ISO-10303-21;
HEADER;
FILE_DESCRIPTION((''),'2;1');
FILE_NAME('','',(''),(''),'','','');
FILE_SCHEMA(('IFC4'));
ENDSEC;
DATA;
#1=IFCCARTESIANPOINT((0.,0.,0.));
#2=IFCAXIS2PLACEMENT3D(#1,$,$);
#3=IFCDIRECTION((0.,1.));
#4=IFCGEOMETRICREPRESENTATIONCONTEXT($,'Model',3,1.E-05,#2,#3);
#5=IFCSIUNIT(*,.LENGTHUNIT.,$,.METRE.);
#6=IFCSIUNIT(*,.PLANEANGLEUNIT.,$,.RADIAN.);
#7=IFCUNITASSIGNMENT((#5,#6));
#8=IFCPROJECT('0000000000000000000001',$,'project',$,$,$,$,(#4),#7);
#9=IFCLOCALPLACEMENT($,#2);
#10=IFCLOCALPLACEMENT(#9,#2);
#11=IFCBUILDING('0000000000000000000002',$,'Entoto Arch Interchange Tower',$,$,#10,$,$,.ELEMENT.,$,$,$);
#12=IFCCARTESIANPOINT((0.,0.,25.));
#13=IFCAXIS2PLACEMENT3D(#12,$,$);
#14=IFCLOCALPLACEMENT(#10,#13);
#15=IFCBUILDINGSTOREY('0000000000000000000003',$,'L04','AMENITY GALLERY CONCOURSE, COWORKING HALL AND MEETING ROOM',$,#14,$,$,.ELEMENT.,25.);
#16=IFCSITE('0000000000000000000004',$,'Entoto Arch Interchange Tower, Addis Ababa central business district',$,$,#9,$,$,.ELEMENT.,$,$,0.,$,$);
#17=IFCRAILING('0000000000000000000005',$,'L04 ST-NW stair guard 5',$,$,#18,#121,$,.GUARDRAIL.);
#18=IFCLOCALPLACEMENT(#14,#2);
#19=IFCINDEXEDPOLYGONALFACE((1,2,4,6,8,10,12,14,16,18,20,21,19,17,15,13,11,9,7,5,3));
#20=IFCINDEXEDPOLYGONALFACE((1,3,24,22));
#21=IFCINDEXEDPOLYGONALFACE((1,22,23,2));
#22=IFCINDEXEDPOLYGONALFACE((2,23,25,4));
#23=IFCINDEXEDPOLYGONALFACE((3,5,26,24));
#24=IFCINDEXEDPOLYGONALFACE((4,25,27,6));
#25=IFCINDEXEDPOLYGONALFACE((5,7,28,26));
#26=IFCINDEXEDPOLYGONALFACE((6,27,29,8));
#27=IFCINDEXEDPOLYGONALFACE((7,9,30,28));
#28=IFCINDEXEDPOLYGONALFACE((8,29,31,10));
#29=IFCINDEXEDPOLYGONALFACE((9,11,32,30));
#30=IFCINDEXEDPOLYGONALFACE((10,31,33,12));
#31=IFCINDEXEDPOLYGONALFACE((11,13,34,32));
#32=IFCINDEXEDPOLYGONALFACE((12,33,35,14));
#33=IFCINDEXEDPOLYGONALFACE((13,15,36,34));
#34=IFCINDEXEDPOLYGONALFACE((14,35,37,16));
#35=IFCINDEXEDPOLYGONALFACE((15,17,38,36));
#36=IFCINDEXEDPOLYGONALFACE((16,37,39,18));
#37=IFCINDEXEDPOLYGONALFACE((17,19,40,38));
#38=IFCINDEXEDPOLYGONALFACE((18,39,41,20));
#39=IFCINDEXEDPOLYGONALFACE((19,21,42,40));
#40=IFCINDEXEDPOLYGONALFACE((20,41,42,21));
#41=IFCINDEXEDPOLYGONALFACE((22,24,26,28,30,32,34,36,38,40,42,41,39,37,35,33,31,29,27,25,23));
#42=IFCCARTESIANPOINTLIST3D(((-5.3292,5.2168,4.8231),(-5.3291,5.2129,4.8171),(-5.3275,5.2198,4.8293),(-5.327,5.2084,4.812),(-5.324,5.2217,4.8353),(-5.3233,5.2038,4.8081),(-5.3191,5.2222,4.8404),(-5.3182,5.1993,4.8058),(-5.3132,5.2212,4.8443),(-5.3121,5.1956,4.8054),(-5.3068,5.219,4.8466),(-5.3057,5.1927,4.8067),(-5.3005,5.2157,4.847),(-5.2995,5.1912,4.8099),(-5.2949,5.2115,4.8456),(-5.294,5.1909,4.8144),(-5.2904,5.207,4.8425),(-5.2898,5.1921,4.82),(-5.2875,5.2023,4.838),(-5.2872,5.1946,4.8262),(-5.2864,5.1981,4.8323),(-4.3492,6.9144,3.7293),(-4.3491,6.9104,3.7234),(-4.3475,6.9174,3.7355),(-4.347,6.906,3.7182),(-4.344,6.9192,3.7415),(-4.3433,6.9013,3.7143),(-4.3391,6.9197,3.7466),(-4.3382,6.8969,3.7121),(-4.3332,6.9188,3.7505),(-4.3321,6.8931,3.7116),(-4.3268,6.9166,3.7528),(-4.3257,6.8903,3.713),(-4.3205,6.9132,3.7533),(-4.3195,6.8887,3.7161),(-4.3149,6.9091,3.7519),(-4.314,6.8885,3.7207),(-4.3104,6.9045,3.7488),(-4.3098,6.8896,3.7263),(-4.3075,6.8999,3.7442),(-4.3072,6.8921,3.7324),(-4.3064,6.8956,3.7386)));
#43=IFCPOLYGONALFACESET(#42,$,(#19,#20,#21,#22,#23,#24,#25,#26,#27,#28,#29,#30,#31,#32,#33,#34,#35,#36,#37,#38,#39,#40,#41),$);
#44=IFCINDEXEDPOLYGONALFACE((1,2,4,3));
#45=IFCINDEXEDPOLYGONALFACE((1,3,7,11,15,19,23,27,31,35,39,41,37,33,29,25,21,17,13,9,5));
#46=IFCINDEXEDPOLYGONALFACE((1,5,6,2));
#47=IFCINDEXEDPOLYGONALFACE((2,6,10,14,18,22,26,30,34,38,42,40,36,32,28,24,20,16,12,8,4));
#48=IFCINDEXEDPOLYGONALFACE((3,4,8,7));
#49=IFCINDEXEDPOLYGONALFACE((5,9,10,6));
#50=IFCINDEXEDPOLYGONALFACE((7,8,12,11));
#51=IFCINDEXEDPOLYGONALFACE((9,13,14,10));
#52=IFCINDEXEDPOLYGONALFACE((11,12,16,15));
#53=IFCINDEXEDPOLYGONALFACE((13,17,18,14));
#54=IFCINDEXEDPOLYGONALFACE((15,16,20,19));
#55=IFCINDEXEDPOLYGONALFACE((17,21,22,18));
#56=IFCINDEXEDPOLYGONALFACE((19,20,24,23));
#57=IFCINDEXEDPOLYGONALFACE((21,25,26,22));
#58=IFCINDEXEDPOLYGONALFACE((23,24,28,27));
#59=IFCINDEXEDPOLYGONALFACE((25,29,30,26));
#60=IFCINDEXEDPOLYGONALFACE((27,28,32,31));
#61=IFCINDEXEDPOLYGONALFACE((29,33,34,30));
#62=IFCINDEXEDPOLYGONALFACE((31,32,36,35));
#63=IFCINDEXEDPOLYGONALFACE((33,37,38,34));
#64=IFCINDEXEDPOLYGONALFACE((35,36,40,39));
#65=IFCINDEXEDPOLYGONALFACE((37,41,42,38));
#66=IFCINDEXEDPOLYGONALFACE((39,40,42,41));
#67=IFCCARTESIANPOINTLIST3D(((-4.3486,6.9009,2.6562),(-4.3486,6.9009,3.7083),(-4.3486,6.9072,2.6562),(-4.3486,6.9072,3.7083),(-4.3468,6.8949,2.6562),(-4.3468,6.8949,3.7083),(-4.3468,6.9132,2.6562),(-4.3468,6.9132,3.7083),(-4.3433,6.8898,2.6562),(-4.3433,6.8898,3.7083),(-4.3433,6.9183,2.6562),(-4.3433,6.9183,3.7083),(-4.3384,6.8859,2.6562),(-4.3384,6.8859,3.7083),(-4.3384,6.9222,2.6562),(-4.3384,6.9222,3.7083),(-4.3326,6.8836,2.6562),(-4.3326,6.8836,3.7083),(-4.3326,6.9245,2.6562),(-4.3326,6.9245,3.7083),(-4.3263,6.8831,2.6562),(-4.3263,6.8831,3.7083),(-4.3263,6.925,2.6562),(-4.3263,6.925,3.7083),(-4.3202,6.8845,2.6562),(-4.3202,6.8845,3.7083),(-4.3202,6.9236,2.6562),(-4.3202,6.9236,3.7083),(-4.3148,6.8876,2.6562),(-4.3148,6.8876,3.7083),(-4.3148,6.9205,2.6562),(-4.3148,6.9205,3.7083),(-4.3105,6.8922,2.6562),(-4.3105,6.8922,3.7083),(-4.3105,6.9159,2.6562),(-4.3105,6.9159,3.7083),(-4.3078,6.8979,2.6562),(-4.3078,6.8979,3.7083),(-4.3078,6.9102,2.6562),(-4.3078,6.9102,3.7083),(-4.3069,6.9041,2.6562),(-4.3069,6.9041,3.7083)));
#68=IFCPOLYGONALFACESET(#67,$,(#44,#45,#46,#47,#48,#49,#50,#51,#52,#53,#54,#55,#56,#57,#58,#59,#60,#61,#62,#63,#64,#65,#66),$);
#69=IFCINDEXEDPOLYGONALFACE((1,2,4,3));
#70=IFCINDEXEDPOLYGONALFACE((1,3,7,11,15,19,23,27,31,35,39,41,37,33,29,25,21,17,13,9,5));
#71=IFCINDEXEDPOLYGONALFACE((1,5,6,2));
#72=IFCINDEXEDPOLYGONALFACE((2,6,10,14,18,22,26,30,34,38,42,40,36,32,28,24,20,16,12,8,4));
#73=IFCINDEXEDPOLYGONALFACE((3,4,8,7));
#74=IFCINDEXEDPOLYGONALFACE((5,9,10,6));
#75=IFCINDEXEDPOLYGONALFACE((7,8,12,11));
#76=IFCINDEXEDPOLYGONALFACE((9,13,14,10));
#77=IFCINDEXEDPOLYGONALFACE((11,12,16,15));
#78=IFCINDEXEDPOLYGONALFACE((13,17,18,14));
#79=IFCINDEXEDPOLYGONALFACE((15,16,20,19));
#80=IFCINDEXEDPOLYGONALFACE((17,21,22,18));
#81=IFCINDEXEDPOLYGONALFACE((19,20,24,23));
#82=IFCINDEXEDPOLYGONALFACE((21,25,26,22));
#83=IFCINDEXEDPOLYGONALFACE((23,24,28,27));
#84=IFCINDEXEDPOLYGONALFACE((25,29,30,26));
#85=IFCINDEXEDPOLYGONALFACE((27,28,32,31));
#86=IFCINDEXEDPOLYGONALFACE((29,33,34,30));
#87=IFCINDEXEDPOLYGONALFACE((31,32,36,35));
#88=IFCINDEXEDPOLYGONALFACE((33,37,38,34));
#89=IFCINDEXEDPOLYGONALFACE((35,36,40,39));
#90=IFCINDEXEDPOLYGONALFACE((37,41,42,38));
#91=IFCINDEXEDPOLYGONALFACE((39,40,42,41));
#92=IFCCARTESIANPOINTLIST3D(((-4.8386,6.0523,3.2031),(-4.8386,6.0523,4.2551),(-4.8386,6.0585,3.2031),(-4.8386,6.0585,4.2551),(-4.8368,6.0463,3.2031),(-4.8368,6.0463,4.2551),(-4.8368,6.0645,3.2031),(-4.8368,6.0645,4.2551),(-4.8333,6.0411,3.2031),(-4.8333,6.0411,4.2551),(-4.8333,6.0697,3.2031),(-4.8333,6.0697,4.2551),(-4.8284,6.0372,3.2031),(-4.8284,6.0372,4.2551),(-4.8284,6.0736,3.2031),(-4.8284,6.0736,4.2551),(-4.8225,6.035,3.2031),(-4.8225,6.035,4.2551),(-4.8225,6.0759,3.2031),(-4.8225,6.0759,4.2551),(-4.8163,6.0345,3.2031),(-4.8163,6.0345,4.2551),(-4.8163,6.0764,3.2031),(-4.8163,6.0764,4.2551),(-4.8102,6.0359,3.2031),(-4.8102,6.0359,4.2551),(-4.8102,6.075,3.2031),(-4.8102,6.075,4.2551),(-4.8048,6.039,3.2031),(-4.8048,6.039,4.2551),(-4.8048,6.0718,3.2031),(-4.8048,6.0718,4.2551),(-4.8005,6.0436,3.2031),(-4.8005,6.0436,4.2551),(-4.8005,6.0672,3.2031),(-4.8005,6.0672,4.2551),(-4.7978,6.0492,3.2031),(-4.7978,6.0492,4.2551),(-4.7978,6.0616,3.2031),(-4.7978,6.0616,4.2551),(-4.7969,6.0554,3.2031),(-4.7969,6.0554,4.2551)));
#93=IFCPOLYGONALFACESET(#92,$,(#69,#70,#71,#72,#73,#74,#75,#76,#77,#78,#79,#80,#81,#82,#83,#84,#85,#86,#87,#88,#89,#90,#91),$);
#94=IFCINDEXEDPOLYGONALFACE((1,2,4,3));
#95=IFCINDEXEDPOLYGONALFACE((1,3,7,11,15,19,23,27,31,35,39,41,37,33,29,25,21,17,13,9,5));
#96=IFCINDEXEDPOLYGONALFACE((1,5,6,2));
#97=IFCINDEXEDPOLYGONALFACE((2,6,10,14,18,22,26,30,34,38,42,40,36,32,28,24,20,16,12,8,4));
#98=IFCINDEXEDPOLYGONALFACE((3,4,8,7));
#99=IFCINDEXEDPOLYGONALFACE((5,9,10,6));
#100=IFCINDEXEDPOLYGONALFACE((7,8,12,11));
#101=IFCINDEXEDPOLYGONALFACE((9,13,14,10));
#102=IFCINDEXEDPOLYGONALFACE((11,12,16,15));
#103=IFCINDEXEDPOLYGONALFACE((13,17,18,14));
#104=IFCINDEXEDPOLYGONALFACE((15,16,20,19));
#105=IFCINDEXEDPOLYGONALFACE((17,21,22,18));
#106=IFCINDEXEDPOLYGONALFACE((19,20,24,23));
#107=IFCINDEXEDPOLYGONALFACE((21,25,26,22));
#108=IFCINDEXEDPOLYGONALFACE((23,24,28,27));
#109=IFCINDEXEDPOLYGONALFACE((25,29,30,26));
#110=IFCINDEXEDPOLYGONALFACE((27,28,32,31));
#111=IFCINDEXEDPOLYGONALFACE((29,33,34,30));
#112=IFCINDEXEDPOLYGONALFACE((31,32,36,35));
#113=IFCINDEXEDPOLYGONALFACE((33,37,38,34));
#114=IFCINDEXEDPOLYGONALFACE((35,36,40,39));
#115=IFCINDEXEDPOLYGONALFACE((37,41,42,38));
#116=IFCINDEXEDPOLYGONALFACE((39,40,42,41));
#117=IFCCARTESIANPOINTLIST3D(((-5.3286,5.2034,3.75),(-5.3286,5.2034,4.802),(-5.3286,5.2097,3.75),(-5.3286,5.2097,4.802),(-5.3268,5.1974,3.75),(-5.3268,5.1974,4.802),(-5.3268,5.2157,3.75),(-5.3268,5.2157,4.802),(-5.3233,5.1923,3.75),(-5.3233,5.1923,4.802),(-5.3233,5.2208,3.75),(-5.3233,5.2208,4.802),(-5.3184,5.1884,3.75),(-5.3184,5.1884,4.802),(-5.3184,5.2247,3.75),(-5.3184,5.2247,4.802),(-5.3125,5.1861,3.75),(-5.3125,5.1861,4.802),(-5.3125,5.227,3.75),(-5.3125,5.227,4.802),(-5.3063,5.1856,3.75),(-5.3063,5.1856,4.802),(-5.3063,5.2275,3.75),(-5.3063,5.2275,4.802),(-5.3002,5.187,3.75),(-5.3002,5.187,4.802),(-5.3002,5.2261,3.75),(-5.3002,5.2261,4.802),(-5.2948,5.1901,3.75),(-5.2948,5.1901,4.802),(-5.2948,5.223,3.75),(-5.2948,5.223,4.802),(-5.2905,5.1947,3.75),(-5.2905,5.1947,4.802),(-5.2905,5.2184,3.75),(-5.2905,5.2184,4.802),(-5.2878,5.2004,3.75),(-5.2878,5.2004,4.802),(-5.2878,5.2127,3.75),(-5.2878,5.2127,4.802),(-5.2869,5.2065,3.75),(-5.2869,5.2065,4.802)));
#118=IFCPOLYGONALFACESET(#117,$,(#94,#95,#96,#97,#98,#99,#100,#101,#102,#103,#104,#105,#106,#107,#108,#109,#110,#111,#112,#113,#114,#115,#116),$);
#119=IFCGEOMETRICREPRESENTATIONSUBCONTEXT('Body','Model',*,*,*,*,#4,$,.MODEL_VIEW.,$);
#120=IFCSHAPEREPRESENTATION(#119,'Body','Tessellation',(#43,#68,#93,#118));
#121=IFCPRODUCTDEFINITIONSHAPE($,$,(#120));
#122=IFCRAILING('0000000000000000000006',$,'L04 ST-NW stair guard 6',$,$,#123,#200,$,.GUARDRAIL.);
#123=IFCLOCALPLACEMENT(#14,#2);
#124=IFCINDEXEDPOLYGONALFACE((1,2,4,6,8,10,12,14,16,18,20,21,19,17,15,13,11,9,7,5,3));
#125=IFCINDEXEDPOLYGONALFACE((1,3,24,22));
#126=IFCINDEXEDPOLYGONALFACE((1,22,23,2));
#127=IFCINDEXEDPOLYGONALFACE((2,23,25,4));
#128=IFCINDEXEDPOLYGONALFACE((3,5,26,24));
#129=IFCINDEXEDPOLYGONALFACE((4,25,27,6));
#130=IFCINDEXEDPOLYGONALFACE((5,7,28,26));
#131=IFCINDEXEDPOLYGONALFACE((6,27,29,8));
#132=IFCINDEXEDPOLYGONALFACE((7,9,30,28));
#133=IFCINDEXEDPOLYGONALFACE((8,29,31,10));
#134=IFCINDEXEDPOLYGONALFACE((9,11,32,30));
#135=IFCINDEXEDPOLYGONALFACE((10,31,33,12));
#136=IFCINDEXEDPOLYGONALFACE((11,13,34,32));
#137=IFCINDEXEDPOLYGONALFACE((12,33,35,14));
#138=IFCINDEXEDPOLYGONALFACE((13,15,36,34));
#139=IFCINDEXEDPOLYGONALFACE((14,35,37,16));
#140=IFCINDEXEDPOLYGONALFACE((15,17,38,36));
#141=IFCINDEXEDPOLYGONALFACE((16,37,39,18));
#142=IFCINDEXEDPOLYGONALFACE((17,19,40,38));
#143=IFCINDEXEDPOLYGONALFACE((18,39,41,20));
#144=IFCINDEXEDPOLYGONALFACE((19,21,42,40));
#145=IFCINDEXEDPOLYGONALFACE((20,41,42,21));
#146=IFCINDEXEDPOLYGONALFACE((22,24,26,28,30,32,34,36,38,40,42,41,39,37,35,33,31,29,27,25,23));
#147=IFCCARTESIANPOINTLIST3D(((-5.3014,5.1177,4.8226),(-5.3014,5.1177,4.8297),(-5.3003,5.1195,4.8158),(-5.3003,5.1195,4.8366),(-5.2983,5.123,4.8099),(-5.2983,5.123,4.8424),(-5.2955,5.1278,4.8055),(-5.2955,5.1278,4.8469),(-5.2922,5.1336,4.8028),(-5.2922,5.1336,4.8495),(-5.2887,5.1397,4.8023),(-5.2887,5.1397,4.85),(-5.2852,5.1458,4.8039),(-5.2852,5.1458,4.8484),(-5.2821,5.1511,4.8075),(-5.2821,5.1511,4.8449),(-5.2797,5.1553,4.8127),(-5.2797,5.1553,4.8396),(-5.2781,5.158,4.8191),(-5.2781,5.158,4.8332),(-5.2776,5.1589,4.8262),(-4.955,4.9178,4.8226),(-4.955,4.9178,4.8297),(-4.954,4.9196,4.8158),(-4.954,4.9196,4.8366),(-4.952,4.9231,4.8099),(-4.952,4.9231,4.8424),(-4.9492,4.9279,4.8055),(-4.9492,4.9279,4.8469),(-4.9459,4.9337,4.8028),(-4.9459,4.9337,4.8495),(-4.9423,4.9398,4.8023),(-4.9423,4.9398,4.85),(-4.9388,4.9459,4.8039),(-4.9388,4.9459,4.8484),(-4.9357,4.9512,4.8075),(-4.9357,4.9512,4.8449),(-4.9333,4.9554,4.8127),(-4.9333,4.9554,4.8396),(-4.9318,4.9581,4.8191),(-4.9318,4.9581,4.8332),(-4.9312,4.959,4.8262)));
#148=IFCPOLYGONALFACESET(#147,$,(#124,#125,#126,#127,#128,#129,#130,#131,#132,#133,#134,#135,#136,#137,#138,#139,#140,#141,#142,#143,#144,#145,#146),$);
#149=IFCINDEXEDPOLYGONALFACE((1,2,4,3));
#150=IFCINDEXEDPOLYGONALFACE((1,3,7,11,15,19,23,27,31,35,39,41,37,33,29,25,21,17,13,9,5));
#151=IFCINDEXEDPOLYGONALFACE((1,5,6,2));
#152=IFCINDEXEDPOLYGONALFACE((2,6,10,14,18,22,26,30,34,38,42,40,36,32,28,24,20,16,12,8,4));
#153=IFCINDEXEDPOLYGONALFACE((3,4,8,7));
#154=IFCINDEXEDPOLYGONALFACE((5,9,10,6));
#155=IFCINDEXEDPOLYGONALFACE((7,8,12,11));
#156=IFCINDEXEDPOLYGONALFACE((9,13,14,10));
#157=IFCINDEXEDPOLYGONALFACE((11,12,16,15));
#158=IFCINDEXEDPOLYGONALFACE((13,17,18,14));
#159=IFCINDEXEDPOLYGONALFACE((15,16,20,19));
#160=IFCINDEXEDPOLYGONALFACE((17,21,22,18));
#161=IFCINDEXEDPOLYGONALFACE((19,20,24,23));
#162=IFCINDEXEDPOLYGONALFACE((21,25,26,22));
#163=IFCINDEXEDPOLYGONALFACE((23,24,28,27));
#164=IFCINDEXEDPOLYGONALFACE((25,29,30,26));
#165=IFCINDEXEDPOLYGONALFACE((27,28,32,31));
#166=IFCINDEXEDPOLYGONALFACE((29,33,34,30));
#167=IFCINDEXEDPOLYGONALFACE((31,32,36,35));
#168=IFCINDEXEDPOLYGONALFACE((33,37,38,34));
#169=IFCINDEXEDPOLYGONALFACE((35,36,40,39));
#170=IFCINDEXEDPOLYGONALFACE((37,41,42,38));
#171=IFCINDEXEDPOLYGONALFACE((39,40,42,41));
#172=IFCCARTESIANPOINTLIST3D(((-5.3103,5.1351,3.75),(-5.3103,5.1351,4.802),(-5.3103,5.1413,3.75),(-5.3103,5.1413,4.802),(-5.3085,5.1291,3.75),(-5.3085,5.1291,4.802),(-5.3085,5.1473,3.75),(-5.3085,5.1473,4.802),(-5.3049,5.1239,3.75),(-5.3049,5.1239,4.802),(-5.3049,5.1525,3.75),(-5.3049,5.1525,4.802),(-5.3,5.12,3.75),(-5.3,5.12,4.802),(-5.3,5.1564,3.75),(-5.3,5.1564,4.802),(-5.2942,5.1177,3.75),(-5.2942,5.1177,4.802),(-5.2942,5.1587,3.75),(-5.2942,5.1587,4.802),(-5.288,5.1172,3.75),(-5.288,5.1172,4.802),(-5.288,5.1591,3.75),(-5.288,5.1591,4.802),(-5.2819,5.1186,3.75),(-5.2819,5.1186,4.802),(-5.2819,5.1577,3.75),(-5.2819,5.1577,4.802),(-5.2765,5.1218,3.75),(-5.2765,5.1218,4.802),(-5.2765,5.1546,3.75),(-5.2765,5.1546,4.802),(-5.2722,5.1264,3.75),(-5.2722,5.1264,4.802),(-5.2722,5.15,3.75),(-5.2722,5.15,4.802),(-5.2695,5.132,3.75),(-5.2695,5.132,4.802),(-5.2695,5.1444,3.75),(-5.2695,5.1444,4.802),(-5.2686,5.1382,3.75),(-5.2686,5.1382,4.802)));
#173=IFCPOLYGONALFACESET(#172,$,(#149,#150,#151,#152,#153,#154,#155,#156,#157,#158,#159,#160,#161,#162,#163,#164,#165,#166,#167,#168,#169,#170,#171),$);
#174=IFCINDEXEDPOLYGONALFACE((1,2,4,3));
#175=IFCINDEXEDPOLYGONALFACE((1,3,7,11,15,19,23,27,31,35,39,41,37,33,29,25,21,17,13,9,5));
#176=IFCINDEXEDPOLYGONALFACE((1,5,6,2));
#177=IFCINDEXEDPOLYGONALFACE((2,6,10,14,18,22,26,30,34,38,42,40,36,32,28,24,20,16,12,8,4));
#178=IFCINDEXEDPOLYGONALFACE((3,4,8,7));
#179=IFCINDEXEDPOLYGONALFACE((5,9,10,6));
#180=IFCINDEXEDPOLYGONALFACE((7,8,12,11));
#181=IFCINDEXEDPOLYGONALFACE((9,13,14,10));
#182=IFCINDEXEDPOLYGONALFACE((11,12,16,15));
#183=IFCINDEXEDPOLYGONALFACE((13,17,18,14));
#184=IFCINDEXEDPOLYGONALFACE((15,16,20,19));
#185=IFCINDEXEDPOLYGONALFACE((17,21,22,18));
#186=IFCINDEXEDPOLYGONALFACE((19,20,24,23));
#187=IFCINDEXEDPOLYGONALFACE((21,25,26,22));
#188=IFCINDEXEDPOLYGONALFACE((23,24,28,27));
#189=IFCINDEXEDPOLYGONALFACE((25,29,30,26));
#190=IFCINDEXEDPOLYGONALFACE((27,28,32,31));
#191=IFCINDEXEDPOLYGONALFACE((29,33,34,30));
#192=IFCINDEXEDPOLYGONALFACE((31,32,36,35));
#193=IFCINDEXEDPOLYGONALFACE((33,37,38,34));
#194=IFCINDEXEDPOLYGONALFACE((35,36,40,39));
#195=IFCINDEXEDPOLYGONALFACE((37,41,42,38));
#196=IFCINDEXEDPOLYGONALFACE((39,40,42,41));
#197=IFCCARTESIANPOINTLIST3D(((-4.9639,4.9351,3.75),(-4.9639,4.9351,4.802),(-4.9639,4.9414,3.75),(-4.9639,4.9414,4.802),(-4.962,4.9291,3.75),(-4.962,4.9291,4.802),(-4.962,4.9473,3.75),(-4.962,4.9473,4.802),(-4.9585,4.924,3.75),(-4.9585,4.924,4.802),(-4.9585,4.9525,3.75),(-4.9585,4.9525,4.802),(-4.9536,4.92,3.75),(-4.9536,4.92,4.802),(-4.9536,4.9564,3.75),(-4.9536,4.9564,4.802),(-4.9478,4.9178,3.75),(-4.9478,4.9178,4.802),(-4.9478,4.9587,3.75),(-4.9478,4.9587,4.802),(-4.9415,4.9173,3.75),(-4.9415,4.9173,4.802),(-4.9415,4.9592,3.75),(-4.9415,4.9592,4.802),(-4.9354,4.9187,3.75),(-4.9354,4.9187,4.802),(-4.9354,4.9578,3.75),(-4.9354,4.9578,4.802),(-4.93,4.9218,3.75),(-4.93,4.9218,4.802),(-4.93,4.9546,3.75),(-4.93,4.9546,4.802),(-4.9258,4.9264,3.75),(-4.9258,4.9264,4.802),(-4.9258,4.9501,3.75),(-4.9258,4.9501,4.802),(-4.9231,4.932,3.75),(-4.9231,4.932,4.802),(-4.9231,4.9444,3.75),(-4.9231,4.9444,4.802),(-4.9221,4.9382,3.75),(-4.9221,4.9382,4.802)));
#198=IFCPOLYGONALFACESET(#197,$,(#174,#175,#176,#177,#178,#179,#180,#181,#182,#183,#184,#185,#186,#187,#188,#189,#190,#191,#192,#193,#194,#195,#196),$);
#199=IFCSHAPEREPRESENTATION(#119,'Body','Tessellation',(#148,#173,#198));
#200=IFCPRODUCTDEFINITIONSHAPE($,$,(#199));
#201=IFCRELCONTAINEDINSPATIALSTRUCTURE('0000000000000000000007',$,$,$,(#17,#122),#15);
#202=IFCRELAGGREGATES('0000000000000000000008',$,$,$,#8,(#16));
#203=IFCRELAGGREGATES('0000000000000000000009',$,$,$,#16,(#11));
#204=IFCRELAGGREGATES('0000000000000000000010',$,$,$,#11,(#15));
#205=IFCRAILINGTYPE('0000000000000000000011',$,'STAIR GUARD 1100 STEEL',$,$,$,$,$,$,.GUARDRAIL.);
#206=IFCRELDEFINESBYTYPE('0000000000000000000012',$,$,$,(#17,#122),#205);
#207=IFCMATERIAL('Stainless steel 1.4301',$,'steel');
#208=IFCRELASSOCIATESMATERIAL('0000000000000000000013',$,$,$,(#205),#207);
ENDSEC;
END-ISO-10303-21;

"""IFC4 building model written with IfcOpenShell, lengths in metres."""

from ifc_helpers import new_model, si_unit, direction, frame, origin, origin_2d, place, context, subcontext, project, spatial, circle, extrude, material, type_object, element, save


model = new_model("IFC4")

# Units and contexts
model_context = context("Model", 3, precision=1e-05, world=origin(), true_north=direction((0.0, 1.0)))
body_context = subcontext(model_context, "Body", "Model", "MODEL_VIEW")
ifc_project = project(units=[si_unit("LENGTHUNIT", "METRE"), si_unit("PLANEANGLEUNIT", "RADIAN")], contexts=[model_context])

# Site, building, storey
site_placement = place(None, origin())
site = spatial("IfcSite", under=ifc_project, at=site_placement, Name="Entoto Arch Interchange Tower, Addis Ababa central business district", CompositionType="ELEMENT", RefElevation=0.0)
building_placement = place(site_placement, origin())
building = spatial("IfcBuilding", under=site, at=building_placement, Name="Entoto Arch Interchange Tower", CompositionType="ELEMENT")
storey_placement = place(building_placement, frame((0.0, 0.0, 25.0)))
storey = spatial("IfcBuildingStorey", under=building, at=storey_placement, Name="L04", Description="AMENITY GALLERY CONCOURSE, COWORKING HALL AND MEETING ROOM", CompositionType="ELEMENT", Elevation=25.0)

# Railings
ifc_material_1 = material(Name="Stainless steel 1.4301", Category="steel")
railing_type = type_object("IfcRailingType", Name="STAIR GUARD 1100 STEEL", PredefinedType="GUARDRAIL", material=ifc_material_1)
railing_1_placement = place(storey_placement, frame((-4.3279, 6.9041, 2.6562)))
element("IfcRailing", 1, at=railing_1_placement, inside=storey, type_object=railing_type, Name="L04 ST-NW stair guard 5", PredefinedType="GUARDRAIL", context=body_context, shape_type="SweptSolid", body=[
    extrude(circle(Radius=0.0239, at=origin_2d()), frame((0.0, 0.0, 1.0762), z_axis=(-0.436596, -0.756267, 0.487282), x_axis=(0.866042, -0.49997, 0.0)), (0.0, 0.0, 1.0), 2.2446),
    extrude(circle(Radius=0.021, at=origin_2d()), origin(), (0.0, 0.0, 1.0), 1.052),
    extrude(circle(Radius=0.021, at=origin_2d()), frame((-0.49, -0.8486, 0.5469)), (0.0, 0.0, 1.0), 1.052),
    extrude(circle(Radius=0.021, at=origin_2d()), frame((-0.98, -1.6975, 1.0938)), (0.0, 0.0, 1.0), 1.052),
])
railing_2_placement = place(storey_placement, frame((-5.2896, 5.1382, 3.75)))
element("IfcRailing", 2, at=railing_2_placement, inside=storey, type_object=railing_type, Name="L04 ST-NW stair guard 6", PredefinedType="GUARDRAIL", context=body_context, shape_type="SweptSolid", body=[
    extrude(circle(Radius=0.0239, at=origin_2d()), frame((0.0, 0.0, 1.0762), z_axis=(0.866094, -0.499881, 0.0), x_axis=(0.499881, 0.866094, 0.0)), (0.0, 0.0, 1.0), 0.3999),
    extrude(circle(Radius=0.021, at=origin_2d()), origin(), (0.0, 0.0, 1.0), 1.052),
    extrude(circle(Radius=0.021, at=origin_2d()), frame((0.3464, -0.2, 0.0)), (0.0, 0.0, 1.0), 1.052),
])

save(model, "model.ifc")
